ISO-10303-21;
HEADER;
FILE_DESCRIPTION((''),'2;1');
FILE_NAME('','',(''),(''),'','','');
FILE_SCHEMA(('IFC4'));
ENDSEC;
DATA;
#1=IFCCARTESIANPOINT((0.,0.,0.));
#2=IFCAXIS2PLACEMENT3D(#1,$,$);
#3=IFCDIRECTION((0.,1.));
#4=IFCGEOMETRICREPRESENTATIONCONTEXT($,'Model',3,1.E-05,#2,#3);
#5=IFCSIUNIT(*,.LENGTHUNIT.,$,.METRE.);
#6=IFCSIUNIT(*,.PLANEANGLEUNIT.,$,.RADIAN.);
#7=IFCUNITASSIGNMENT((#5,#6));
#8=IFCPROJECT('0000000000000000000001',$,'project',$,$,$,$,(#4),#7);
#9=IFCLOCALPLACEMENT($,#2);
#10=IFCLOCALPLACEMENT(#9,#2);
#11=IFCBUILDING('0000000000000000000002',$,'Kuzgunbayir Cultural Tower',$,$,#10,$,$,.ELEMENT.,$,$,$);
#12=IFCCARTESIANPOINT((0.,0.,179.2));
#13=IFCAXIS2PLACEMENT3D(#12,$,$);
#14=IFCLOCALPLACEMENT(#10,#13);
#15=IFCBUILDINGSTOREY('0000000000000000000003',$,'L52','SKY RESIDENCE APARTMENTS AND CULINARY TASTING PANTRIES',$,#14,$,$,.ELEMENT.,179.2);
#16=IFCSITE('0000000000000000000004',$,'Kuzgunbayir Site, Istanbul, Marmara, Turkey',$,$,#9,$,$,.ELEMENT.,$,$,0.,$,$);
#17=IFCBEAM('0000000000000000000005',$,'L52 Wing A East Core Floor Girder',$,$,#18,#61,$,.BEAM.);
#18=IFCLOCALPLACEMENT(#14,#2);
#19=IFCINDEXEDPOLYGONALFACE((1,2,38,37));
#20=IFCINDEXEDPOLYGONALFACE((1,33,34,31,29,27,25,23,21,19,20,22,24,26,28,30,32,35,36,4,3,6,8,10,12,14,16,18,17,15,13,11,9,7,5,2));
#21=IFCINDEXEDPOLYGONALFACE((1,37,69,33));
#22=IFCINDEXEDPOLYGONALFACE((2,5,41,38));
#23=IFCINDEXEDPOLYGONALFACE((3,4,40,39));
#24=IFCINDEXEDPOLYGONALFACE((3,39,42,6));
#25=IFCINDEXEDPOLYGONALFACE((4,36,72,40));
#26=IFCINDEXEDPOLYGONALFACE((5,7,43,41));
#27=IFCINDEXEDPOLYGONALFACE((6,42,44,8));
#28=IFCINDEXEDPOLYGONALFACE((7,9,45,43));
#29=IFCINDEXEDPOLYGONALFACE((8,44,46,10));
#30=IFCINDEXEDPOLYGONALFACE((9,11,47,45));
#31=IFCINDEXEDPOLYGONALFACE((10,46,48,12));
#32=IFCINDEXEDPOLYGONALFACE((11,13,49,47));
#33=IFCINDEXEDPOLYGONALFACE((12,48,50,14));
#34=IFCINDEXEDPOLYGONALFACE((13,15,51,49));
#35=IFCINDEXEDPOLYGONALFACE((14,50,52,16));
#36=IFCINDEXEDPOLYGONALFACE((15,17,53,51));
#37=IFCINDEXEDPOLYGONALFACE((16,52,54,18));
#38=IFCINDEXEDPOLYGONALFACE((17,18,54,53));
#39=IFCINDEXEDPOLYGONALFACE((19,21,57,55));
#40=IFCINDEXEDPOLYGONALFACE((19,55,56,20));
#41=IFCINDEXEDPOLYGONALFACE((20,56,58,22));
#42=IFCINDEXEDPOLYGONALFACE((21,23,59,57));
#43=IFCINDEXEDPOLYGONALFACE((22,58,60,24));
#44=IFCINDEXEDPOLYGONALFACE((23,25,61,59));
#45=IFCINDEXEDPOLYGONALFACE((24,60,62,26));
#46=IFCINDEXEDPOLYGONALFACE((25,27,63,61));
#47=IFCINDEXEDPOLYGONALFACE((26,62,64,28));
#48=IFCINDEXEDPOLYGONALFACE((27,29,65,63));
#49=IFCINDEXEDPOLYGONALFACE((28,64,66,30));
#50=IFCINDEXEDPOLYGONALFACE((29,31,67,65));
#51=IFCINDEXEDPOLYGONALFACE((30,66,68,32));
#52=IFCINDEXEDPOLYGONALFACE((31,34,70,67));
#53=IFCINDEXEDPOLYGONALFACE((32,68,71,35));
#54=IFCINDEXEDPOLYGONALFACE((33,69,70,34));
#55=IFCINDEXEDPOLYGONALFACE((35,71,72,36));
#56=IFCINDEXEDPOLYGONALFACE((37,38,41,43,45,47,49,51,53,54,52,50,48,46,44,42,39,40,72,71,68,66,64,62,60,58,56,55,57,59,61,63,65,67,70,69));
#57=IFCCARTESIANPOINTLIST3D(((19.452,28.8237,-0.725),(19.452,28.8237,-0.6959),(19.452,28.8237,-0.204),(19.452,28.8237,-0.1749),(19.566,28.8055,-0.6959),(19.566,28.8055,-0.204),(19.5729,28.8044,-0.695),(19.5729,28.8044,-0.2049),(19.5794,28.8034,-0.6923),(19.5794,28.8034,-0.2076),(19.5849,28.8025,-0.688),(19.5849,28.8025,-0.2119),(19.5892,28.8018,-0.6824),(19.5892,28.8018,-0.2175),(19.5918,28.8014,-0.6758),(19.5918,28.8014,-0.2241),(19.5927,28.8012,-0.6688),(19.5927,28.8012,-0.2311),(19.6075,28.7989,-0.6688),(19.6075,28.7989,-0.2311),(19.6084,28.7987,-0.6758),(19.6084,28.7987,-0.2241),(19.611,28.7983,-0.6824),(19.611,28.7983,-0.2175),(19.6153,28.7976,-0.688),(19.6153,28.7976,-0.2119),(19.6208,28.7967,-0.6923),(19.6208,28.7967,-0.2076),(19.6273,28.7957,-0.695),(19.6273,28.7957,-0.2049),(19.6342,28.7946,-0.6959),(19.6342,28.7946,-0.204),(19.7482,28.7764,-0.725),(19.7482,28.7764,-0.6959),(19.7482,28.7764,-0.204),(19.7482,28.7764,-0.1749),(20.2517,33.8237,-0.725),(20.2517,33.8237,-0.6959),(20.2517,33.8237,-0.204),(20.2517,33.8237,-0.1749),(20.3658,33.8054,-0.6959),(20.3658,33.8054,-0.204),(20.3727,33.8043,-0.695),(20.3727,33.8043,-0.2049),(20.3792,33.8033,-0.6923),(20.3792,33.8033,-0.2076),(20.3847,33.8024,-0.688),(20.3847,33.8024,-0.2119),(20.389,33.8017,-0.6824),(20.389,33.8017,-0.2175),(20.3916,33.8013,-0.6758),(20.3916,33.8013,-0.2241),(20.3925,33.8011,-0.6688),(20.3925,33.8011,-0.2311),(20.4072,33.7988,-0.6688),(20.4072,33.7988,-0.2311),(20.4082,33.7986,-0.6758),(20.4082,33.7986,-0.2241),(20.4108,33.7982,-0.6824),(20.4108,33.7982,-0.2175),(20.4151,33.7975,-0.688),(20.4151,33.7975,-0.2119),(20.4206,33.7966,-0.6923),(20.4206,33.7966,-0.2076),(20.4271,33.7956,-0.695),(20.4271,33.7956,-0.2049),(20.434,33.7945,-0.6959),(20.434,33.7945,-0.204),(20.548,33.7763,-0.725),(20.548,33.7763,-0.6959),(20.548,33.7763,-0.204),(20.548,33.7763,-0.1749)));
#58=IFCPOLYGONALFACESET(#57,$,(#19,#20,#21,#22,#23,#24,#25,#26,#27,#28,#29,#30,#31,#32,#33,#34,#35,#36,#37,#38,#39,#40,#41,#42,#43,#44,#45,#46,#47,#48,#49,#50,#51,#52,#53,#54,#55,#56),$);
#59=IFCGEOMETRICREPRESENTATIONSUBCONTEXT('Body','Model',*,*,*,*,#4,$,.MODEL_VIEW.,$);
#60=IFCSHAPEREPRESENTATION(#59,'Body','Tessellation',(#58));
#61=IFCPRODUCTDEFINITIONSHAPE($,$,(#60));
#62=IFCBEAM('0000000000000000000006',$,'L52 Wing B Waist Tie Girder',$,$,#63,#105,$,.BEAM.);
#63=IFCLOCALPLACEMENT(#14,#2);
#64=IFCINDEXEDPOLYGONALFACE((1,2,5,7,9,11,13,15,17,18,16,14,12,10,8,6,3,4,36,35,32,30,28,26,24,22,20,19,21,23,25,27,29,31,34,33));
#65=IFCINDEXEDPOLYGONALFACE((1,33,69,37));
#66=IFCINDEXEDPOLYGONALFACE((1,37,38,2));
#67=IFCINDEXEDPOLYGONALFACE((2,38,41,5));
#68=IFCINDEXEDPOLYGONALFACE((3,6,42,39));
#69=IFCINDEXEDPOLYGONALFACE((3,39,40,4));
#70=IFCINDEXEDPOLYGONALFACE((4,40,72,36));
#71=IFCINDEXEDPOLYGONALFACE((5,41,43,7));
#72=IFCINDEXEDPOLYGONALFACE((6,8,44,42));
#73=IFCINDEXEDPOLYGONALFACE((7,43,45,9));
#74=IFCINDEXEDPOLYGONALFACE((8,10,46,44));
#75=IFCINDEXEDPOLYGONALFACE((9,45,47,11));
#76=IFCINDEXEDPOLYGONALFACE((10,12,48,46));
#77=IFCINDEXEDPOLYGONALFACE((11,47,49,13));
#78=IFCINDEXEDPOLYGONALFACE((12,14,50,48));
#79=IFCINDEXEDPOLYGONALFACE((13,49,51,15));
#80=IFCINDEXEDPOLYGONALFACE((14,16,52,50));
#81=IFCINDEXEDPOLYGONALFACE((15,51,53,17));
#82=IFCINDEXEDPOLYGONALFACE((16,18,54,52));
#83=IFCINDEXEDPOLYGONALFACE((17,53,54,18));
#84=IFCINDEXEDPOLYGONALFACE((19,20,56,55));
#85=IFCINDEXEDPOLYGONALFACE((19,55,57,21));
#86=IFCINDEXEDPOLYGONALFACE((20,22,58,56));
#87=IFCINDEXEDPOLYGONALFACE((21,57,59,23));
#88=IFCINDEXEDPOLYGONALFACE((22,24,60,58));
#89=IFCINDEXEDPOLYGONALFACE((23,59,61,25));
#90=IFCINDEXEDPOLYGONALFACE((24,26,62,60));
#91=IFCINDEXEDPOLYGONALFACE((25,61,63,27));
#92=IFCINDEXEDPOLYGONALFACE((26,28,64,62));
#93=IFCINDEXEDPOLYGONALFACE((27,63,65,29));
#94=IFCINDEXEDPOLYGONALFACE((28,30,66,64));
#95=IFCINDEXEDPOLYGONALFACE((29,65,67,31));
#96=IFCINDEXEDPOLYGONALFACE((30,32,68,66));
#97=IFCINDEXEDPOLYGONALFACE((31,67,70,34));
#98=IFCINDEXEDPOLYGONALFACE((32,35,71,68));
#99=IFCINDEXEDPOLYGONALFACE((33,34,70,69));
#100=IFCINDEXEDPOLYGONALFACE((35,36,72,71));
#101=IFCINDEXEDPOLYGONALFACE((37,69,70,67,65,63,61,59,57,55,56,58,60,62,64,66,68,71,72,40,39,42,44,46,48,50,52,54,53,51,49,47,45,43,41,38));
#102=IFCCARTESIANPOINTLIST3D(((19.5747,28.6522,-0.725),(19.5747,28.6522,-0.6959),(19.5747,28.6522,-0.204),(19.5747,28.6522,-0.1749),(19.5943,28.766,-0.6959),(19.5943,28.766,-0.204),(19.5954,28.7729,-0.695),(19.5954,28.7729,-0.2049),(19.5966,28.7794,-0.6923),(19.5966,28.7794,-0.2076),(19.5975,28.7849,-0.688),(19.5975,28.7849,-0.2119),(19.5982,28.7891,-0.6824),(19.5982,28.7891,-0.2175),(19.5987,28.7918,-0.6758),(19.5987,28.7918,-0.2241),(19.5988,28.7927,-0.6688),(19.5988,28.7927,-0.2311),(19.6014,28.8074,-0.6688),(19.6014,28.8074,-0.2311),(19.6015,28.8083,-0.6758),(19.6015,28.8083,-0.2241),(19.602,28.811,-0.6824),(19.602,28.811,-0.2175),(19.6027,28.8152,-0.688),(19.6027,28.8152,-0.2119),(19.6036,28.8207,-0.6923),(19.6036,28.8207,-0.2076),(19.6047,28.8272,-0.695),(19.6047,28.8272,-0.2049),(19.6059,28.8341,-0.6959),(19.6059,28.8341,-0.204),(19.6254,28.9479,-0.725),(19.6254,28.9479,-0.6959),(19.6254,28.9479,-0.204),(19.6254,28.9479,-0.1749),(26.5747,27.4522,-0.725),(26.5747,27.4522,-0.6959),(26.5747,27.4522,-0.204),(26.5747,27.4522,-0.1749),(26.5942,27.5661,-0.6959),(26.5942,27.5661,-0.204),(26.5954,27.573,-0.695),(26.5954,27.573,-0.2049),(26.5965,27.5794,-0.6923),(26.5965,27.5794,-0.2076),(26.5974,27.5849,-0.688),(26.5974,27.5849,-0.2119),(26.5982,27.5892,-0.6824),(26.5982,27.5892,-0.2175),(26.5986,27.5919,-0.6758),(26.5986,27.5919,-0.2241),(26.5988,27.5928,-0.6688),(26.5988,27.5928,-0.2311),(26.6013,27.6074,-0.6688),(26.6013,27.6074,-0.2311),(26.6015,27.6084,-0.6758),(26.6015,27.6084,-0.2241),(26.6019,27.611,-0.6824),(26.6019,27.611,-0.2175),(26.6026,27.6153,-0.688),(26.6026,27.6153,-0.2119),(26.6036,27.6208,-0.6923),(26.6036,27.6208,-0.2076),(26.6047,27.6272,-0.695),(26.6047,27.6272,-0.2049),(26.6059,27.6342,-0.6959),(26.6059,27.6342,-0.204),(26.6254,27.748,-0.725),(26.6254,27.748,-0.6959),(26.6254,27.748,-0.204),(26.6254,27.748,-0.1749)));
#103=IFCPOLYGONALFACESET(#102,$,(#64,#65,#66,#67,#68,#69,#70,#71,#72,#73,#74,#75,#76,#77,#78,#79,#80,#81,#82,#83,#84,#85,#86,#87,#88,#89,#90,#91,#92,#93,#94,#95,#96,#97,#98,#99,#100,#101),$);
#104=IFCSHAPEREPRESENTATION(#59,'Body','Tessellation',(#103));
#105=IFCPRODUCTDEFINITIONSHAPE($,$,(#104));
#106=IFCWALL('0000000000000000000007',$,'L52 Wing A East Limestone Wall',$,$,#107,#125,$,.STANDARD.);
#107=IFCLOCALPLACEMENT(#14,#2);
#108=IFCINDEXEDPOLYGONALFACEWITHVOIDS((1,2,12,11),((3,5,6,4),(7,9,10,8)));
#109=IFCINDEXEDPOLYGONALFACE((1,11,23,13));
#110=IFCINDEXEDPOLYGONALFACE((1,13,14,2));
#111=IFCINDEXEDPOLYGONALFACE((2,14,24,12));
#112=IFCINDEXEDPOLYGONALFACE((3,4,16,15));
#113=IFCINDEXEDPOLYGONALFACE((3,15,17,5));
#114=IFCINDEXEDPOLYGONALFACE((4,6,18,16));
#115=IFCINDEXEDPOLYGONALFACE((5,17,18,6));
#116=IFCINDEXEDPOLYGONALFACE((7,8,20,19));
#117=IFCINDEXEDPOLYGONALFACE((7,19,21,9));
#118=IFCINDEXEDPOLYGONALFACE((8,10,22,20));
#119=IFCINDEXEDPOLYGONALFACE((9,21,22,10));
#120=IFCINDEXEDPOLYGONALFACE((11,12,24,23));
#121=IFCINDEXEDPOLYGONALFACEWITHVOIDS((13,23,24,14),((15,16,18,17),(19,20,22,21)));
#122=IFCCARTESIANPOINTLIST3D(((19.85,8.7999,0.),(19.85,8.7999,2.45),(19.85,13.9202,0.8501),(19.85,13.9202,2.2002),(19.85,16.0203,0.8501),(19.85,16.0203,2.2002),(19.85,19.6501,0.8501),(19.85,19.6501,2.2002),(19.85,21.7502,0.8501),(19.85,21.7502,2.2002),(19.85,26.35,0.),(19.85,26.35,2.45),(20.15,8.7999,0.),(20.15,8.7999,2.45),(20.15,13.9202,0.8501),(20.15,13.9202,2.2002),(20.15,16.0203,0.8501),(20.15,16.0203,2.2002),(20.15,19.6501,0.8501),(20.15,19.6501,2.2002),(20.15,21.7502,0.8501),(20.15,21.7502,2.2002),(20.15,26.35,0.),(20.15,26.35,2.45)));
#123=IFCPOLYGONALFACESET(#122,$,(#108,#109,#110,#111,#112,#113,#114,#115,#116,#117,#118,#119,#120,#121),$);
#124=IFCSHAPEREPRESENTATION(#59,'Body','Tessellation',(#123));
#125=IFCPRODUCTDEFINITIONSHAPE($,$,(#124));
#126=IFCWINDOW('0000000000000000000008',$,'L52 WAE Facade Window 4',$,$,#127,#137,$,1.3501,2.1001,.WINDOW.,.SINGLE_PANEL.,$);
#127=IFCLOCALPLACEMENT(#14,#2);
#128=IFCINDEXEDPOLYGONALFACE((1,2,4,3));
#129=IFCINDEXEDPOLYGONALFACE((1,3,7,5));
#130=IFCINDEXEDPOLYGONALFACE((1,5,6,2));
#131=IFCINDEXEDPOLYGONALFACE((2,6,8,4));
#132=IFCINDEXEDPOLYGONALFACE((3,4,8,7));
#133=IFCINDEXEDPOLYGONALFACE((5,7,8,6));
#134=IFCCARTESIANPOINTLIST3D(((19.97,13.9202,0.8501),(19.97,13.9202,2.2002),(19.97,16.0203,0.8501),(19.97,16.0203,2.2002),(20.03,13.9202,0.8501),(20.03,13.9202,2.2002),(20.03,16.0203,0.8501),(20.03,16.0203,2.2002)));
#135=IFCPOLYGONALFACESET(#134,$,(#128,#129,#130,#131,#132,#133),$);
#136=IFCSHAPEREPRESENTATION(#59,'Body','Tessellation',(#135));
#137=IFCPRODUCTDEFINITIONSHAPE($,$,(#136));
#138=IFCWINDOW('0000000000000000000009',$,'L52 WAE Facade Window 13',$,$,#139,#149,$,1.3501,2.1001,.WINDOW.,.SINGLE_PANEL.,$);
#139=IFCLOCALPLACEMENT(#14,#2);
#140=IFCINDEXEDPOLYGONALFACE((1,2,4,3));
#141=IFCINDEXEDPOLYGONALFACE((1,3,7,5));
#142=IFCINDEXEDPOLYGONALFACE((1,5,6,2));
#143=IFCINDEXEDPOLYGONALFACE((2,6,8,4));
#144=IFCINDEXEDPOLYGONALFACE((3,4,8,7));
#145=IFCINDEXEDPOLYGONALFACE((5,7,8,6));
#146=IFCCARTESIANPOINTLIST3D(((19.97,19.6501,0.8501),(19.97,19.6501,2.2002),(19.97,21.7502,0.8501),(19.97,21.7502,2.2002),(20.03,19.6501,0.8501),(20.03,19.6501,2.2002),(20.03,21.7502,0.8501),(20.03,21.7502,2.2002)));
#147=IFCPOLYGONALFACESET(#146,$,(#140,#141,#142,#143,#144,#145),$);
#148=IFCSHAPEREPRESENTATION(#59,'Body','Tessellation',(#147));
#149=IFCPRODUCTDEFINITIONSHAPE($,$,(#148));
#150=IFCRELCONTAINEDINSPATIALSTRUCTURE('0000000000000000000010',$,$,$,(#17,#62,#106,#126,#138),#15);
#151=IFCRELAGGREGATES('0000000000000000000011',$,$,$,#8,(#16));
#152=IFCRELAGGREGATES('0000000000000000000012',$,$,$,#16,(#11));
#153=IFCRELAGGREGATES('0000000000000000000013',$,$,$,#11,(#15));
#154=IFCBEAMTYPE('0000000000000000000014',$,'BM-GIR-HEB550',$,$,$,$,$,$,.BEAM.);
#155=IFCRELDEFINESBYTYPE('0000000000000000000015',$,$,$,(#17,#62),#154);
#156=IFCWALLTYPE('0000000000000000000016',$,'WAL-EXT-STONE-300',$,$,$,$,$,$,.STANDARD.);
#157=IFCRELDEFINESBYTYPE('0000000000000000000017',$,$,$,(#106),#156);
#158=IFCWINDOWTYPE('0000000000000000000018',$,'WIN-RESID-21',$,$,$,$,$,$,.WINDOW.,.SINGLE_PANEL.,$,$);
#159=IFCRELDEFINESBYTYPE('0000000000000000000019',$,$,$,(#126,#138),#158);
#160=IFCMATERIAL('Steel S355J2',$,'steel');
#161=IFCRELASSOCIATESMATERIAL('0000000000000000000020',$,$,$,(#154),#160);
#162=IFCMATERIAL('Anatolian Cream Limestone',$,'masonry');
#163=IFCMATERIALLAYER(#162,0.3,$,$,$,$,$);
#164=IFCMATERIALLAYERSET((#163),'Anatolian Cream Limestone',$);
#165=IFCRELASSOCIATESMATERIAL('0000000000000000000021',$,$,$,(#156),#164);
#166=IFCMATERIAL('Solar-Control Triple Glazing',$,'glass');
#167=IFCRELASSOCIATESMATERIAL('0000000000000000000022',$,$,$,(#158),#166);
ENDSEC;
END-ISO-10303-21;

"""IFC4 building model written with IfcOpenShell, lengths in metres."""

from ifc_helpers import new_model, si_unit, direction, frame, frame_2d, origin, origin_2d, place, context, subcontext, project, spatial, rectangle, i_section, extrude, material, layer, layer_set, material_profile, profile_set, type_object, element, fill, save


model = new_model("IFC4")

# Units and contexts
model_context = context("Model", 3, precision=1e-05, world=origin(), true_north=direction((0.0, 1.0)))
body_context = subcontext(model_context, "Body", "Model", "MODEL_VIEW")
ifc_project = project(units=[si_unit("LENGTHUNIT", "METRE"), si_unit("PLANEANGLEUNIT", "RADIAN")], contexts=[model_context])

# Site, building, storey
site_placement = place(None, origin())
site = spatial("IfcSite", under=ifc_project, at=site_placement, Name="Kuzgunbayir Site, Istanbul, Marmara, Turkey", CompositionType="ELEMENT", RefElevation=0.0)
building_placement = place(site_placement, origin())
building = spatial("IfcBuilding", under=site, at=building_placement, Name="Kuzgunbayir Cultural Tower", CompositionType="ELEMENT")
storey_placement = place(building_placement, frame((0.0, 0.0, 179.2)))
storey = spatial("IfcBuildingStorey", under=building, at=storey_placement, Name="L52", Description="SKY RESIDENCE APARTMENTS AND CULINARY TASTING PANTRIES", CompositionType="ELEMENT", Elevation=179.2)

# Beams
ifc_material_1 = material(Name="Steel S355J2", Category="steel")
ifc_material_profile_1 = material_profile(ifc_material_1, i_section(OverallWidth=0.3, OverallDepth=0.55, WebThickness=0.0149, FlangeThickness=0.0291, FilletRadius=0.0271, at=origin_2d()), Name="HEB 550")
ifc_profile_set_1 = profile_set([ifc_material_profile_1], Name="Steel S355J2")
beam_type_1 = type_object("IfcBeamType", Name="BM-GIR-HEB550", PredefinedType="BEAM", material=ifc_profile_set_1)
beam_1_placement = place(storey_placement, frame((19.6001, 28.8, -0.45), z_axis=(0.157953, 0.987447, 0.0), x_axis=(-0.987447, 0.157953, 0.0)))
element("IfcBeam", 1, at=beam_1_placement, inside=storey, type_object=beam_type_1, Name="L52 Wing A East Core Floor Girder", PredefinedType="BEAM", context=body_context, shape_type="SweptSolid", body=[
    extrude(i_section(OverallWidth=0.3, OverallDepth=0.55, WebThickness=0.0149, FlangeThickness=0.0291, FilletRadius=0.0271, at=origin_2d()), origin(), (0.0, 0.0, 1.0), 5.0635),
])
beam_2_placement = place(storey_placement, frame((19.6001, 28.8, -0.45), z_axis=(0.985623, -0.168957, 0.0), x_axis=(0.168957, 0.985623, 0.0)))
element("IfcBeam", 2, at=beam_2_placement, inside=storey, type_object=beam_type_1, Name="L52 Wing B Waist Tie Girder", PredefinedType="BEAM", context=body_context, shape_type="SweptSolid", body=[
    extrude(i_section(OverallWidth=0.3, OverallDepth=0.55, WebThickness=0.0149, FlangeThickness=0.0291, FilletRadius=0.0271, at=origin_2d()), origin(), (0.0, 0.0, 1.0), 7.1021),
])

# Wall, openings, windows
ifc_material_2 = material(Name="Anatolian Cream Limestone", Category="masonry")
ifc_layer_1 = layer(ifc_material_2, 0.3)
ifc_layer_set_1 = layer_set([ifc_layer_1], Name="Anatolian Cream Limestone")
wall_type_1 = type_object("IfcWallType", Name="WAL-EXT-STONE-300", PredefinedType="STANDARD", material=ifc_layer_set_1)
wall_1_placement = place(storey_placement, frame((20.0, 8.8, 0.0), z_axis=(0.0, 0.0, 1.0), x_axis=(0.0, 1.0, 0.0)))
wall_1 = element("IfcWall", 3, at=wall_1_placement, inside=storey, type_object=wall_type_1, Name="L52 Wing A East Limestone Wall", PredefinedType="STANDARD", context=body_context, shape_type="SweptSolid", body=[
    extrude(rectangle(XDim=17.55, YDim=0.3, at=frame_2d((8.7749, 0.0))), origin(), (0.0, 0.0, 1.0), 2.45),
])
opening_1_placement = place(wall_1_placement, frame((5.1201, 0.0, 0.8501)))
opening_1 = element("IfcOpeningElement", 4, at=opening_1_placement, cuts=wall_1, PredefinedType="OPENING", context=body_context, shape_type="SweptSolid", body=[
    extrude(rectangle(XDim=2.1001, YDim=1.3501, at=frame_2d((1.05, 0.675))), frame((0.0, 0.1602, 0.0), z_axis=(0.0, -1.0, 0.0), x_axis=(1.0, 0.0, 0.0)), (0.0, 0.0, 1.0), 0.3201),
])
opening_2_placement = place(wall_1_placement, frame((10.8501, 0.0, 0.8501)))
opening_2 = element("IfcOpeningElement", 5, at=opening_2_placement, cuts=wall_1, PredefinedType="OPENING", context=body_context, shape_type="SweptSolid", body=[
    extrude(rectangle(XDim=2.1001, YDim=1.3501, at=frame_2d((1.05, 0.675))), frame((0.0, 0.1602, 0.0), z_axis=(0.0, -1.0, 0.0), x_axis=(1.0, 0.0, 0.0)), (0.0, 0.0, 1.0), 0.3201),
])
ifc_material_3 = material(Name="Solar-Control Triple Glazing", Category="glass")
window_type = type_object("IfcWindowType", Name="WIN-RESID-21", PartitioningType="SINGLE_PANEL", PredefinedType="WINDOW", material=ifc_material_3)
window_1_placement = place(opening_1_placement, origin())
window_1 = element("IfcWindow", 6, at=window_1_placement, inside=storey, type_object=window_type, Name="L52 WAE Facade Window 4", OverallHeight=1.3501, OverallWidth=2.1001, PartitioningType="SINGLE_PANEL", PredefinedType="WINDOW", context=body_context, shape_type="SweptSolid", body=[
    extrude(rectangle(XDim=2.1001, YDim=1.3501, at=frame_2d((1.05, 0.675))), frame((0.0, 0.03, 0.0), z_axis=(0.0, -1.0, 0.0), x_axis=(1.0, 0.0, 0.0)), (0.0, 0.0, 1.0), 0.0601),
])
fill(opening_1, window_1)
window_2_placement = place(opening_2_placement, origin())
window_2 = element("IfcWindow", 7, at=window_2_placement, inside=storey, type_object=window_type, Name="L52 WAE Facade Window 13", OverallHeight=1.3501, OverallWidth=2.1001, PartitioningType="SINGLE_PANEL", PredefinedType="WINDOW", context=body_context, shape_type="SweptSolid", body=[
    extrude(rectangle(XDim=2.1001, YDim=1.3501, at=frame_2d((1.05, 0.675))), frame((0.0, 0.03, 0.0), z_axis=(0.0, -1.0, 0.0), x_axis=(1.0, 0.0, 0.0)), (0.0, 0.0, 1.0), 0.0601),
])
fill(opening_2, window_2)

save(model, "model.ifc")
